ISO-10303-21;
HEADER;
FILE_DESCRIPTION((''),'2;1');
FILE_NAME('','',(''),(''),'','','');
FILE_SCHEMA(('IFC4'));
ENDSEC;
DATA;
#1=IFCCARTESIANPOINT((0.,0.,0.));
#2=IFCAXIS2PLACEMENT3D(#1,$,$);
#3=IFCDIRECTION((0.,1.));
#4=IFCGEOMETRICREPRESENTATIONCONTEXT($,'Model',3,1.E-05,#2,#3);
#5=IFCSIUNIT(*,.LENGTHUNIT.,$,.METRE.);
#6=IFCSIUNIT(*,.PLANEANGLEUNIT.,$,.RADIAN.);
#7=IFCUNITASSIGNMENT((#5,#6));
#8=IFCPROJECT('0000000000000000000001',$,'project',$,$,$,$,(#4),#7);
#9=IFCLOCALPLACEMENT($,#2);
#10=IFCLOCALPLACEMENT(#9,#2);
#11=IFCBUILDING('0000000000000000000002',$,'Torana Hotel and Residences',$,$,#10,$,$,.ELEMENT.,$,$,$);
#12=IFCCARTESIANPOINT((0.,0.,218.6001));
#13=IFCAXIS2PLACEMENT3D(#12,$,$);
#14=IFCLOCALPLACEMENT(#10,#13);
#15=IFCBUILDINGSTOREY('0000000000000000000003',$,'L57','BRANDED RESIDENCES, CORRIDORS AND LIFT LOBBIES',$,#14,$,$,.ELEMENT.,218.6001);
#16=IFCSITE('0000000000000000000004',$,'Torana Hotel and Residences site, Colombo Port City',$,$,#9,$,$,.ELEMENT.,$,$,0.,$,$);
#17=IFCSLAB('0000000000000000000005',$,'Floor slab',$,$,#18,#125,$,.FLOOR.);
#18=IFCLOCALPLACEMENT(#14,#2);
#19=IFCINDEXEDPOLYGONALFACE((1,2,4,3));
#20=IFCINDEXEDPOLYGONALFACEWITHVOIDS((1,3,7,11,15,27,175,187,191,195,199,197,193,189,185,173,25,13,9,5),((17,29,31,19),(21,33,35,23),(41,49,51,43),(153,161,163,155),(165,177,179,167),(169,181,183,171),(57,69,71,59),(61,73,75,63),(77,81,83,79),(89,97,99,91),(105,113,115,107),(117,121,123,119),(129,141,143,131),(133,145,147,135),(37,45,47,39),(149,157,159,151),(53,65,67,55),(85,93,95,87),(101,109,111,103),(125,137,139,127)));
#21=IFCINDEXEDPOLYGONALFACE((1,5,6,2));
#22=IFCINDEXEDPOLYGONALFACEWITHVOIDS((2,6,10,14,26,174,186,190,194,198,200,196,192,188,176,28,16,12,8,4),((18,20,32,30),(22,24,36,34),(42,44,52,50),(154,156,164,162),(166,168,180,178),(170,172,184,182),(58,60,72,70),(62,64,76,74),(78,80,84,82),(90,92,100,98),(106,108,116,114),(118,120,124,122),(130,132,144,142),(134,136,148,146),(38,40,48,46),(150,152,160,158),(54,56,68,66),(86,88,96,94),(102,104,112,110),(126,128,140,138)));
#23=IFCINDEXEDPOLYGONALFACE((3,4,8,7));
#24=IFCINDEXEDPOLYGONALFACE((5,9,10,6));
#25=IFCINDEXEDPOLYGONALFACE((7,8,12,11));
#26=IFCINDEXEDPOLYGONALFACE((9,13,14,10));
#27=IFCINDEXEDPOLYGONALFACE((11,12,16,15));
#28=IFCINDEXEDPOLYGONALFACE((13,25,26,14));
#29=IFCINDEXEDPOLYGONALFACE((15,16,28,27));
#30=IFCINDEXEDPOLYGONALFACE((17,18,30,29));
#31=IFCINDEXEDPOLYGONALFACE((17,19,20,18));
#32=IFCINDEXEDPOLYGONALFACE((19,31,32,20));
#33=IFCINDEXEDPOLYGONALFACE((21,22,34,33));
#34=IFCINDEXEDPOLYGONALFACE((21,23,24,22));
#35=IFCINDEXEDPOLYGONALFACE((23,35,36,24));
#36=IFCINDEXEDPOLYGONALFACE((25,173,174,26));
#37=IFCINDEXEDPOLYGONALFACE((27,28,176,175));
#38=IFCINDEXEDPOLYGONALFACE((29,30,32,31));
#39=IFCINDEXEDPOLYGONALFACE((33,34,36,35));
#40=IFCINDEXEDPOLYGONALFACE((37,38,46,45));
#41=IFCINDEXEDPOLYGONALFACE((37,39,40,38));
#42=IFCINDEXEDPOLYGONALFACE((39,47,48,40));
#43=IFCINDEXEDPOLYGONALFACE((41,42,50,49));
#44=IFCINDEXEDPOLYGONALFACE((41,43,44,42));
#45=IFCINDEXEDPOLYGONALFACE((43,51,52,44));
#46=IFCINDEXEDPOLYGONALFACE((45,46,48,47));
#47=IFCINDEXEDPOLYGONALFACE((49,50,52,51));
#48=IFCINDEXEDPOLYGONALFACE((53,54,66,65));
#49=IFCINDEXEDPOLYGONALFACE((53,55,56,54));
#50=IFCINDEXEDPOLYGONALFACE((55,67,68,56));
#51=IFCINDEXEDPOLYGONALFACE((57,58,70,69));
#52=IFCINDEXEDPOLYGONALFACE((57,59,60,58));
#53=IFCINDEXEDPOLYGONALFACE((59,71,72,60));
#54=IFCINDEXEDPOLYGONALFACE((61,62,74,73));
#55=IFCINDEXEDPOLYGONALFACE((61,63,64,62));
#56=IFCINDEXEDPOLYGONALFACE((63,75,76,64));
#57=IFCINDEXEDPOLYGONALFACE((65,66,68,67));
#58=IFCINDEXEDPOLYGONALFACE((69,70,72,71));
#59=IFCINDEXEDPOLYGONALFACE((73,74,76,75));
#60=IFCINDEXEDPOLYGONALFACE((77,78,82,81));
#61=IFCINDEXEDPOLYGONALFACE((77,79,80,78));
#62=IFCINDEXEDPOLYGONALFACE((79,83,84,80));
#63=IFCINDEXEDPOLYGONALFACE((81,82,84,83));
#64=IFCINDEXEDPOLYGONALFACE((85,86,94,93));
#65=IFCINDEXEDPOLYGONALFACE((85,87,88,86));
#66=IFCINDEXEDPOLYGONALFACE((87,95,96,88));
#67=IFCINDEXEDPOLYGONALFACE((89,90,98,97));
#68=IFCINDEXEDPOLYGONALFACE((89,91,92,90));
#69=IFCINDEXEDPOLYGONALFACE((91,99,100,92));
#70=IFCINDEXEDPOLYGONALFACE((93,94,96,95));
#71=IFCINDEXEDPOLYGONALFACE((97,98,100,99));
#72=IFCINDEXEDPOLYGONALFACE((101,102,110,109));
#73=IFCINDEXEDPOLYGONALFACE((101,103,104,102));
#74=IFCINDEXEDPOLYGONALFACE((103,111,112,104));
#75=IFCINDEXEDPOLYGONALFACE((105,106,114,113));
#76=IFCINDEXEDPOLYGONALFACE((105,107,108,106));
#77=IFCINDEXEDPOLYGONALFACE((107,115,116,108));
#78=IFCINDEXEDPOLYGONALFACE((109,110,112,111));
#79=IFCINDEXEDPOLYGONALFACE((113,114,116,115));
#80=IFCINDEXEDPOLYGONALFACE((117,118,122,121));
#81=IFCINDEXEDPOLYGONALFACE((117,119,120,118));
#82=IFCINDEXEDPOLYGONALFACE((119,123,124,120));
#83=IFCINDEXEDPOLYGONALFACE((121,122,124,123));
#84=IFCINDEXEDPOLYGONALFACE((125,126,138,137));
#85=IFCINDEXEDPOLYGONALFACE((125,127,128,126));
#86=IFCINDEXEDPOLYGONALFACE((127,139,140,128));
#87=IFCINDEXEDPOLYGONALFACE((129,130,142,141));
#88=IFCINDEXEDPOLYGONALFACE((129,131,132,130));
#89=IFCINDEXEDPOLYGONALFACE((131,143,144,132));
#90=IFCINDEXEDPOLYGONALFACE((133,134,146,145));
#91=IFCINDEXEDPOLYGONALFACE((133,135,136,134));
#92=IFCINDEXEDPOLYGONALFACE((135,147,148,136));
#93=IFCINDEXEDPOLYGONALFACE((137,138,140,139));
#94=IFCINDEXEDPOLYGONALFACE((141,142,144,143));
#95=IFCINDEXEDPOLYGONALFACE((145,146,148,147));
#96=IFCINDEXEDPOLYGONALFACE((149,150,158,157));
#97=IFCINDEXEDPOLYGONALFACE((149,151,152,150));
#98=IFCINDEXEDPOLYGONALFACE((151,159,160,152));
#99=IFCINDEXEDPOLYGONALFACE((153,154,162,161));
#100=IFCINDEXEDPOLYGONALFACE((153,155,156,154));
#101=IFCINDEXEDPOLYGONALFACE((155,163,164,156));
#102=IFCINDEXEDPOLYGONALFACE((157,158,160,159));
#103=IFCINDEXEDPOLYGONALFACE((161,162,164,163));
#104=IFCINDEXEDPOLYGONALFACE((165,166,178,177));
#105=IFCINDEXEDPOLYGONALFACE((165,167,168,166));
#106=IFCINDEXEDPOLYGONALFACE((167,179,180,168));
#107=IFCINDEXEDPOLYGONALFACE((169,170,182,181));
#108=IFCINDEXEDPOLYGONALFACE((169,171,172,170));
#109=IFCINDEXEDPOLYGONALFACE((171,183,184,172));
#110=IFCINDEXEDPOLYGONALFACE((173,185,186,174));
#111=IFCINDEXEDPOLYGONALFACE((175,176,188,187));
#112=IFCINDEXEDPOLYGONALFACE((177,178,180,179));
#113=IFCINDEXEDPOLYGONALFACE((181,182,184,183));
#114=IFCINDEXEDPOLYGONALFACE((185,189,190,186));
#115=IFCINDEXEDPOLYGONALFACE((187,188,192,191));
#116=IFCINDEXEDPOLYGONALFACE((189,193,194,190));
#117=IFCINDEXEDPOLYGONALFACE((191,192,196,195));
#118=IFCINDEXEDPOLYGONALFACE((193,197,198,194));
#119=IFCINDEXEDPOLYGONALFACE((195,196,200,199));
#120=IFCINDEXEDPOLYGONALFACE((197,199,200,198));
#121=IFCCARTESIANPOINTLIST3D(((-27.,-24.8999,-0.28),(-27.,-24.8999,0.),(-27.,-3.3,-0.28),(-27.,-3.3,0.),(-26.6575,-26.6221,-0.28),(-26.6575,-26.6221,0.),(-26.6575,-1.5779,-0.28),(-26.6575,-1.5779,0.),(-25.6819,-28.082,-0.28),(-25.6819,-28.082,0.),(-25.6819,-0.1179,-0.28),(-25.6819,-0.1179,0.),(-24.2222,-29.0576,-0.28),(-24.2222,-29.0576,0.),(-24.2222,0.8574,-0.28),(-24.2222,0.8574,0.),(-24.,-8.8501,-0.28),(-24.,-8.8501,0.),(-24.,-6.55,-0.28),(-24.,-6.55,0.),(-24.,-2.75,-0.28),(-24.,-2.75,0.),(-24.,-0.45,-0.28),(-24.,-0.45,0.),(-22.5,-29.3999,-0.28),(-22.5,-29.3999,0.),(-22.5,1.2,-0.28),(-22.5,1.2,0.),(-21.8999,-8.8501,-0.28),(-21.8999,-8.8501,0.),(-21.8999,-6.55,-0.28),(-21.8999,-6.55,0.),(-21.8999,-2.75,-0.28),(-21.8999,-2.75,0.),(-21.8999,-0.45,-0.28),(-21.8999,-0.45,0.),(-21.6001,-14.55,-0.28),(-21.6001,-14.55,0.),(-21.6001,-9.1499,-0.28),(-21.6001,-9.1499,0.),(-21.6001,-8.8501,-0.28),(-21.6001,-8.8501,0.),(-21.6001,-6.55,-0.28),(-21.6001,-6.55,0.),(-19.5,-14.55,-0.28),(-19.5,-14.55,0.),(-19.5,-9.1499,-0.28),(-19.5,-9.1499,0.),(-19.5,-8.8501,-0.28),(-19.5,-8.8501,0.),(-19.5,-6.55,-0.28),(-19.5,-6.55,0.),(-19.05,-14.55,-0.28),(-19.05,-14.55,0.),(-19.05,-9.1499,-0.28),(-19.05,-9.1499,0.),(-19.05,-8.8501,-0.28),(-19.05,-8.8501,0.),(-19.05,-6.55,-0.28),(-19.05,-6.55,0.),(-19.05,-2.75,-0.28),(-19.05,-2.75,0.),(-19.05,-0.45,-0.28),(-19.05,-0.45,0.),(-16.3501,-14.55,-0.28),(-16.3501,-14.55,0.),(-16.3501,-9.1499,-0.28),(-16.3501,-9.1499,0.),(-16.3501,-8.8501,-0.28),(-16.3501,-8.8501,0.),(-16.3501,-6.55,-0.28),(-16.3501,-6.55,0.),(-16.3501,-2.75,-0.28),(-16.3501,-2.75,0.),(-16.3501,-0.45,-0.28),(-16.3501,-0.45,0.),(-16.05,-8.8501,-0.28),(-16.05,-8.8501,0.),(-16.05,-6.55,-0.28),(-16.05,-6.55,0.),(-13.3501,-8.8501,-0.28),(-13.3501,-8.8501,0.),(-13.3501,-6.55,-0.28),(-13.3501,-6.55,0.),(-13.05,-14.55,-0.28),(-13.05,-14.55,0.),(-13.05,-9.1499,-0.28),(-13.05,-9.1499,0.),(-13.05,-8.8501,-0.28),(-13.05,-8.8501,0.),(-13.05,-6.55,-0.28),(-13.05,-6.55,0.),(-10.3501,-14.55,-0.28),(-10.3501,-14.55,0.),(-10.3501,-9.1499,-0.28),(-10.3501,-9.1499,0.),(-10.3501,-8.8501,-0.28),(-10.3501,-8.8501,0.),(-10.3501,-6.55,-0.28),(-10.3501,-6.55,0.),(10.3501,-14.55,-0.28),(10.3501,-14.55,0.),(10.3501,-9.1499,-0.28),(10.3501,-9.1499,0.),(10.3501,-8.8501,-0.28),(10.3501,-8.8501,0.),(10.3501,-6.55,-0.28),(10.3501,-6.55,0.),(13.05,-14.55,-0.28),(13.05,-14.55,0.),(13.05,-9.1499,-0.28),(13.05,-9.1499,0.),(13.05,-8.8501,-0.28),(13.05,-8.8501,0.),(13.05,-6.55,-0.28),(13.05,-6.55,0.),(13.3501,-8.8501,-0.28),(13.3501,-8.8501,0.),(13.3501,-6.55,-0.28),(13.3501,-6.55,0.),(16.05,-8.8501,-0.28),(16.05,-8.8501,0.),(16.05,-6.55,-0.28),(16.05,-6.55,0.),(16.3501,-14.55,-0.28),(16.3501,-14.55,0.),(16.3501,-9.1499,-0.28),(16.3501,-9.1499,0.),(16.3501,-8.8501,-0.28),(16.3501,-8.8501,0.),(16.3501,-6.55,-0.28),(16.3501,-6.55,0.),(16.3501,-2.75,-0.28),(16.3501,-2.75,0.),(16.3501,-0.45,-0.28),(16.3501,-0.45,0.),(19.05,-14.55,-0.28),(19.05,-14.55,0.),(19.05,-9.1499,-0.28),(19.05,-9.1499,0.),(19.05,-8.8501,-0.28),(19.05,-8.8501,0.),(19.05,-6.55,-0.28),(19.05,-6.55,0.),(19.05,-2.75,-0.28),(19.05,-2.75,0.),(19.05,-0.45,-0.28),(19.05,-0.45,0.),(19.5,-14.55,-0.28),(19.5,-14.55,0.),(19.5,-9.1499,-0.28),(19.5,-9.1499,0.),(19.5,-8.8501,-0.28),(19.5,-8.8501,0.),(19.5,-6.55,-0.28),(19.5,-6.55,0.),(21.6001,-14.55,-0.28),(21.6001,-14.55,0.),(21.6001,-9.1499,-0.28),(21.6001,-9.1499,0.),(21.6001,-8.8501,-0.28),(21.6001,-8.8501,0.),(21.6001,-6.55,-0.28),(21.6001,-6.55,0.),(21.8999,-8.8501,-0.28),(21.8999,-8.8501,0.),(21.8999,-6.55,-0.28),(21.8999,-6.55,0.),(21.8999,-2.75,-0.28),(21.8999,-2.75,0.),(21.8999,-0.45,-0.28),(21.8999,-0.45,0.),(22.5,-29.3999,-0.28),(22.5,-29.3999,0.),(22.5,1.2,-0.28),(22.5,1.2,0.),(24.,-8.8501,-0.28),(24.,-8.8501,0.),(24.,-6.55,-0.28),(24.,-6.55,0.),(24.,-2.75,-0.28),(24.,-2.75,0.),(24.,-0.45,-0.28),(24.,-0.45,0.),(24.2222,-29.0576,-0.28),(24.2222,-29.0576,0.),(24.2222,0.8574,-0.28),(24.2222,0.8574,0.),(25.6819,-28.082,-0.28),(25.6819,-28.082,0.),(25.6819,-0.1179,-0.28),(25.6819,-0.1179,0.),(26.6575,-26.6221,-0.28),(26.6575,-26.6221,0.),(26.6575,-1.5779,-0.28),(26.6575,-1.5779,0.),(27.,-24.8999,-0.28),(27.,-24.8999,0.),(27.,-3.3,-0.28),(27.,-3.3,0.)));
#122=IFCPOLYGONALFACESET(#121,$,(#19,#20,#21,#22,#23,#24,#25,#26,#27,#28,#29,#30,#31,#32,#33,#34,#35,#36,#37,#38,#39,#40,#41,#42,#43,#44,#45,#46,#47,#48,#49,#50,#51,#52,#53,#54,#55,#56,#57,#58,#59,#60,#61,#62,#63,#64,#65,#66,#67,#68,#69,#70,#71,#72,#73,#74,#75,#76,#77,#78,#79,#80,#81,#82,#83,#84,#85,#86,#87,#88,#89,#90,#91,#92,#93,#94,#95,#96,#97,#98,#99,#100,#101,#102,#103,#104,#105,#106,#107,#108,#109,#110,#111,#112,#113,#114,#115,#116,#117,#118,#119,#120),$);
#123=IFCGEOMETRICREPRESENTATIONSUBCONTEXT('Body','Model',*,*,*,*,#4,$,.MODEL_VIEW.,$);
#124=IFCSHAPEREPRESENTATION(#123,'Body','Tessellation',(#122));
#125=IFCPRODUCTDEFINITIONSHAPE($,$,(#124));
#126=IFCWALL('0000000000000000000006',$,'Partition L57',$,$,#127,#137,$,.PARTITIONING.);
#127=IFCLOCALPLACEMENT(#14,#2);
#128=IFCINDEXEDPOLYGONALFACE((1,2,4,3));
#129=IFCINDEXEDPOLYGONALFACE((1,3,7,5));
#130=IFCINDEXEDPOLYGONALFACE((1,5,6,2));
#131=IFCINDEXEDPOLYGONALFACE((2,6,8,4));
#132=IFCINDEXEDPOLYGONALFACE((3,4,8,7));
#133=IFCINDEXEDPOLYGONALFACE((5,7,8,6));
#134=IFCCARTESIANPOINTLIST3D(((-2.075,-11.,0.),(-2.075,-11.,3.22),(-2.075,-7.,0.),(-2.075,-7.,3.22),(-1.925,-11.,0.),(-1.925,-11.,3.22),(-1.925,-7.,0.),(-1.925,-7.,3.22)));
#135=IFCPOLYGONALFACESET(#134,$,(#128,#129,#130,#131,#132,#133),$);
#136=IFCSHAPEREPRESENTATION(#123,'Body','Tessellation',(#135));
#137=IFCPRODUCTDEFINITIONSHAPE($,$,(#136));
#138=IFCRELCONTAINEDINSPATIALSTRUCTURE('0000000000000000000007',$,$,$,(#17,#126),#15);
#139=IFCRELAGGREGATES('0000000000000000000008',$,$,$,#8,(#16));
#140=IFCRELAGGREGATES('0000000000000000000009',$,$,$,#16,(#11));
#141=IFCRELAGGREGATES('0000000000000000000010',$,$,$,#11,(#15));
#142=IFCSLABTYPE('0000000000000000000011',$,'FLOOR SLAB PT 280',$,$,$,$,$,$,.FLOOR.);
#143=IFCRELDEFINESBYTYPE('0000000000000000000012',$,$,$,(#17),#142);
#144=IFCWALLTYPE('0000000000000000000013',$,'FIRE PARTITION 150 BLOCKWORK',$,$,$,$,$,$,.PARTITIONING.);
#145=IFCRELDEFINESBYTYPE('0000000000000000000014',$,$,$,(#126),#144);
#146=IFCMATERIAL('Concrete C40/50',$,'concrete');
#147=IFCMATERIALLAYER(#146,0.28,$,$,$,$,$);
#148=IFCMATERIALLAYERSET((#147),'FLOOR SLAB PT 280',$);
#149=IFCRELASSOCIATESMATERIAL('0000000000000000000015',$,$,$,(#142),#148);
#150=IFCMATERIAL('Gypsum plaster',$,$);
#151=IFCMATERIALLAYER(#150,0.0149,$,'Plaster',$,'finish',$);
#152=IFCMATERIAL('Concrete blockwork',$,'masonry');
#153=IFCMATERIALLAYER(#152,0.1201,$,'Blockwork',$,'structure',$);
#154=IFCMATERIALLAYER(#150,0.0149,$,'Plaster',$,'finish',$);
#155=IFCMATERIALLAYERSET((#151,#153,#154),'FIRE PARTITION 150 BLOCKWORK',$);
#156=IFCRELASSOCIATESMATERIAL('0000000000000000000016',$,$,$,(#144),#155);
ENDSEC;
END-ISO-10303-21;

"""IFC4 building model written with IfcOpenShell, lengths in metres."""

from ifc_helpers import new_model, si_unit, direction, frame, frame_2d, origin, place, context, subcontext, project, spatial, polyline, rectangle, outline, extrude, material, layer, layer_set, type_object, element, save


model = new_model("IFC4")

# Units and contexts
model_context = context("Model", 3, precision=1e-05, world=origin(), true_north=direction((0.0, 1.0)))
body_context = subcontext(model_context, "Body", "Model", "MODEL_VIEW")
ifc_project = project(units=[si_unit("LENGTHUNIT", "METRE"), si_unit("PLANEANGLEUNIT", "RADIAN")], contexts=[model_context])

# Site, building, storey
site_placement = place(None, origin())
site = spatial("IfcSite", under=ifc_project, at=site_placement, Name="Torana Hotel and Residences site, Colombo Port City", CompositionType="ELEMENT", RefElevation=0.0)
building_placement = place(site_placement, origin())
building = spatial("IfcBuilding", under=site, at=building_placement, Name="Torana Hotel and Residences", CompositionType="ELEMENT")
storey_placement = place(building_placement, frame((0.0, 0.0, 218.6001)))
storey = spatial("IfcBuildingStorey", under=building, at=storey_placement, Name="L57", Description="BRANDED RESIDENCES, CORRIDORS AND LIFT LOBBIES", CompositionType="ELEMENT", Elevation=218.6001)

# Slab
ifc_material_1 = material(Name="Concrete C40/50", Category="concrete")
ifc_layer_1 = layer(ifc_material_1, 0.28)
ifc_layer_set_1 = layer_set([ifc_layer_1], Name="FLOOR SLAB PT 280")
slab_type_1 = type_object("IfcSlabType", Name="FLOOR SLAB PT 280", PredefinedType="FLOOR", material=ifc_layer_set_1)
slab_1_placement = place(storey_placement, frame((0.0, 0.0, -0.28)))
element("IfcSlab", 1, at=slab_1_placement, inside=storey, type_object=slab_type_1, Name="Floor slab", PredefinedType="FLOOR", context=body_context, shape_type="SweptSolid", body=[
    extrude(outline(polyline([(27.0, -3.3), (26.6575, -1.5779), (25.6819, -0.1179), (24.2222, 0.8574), (22.5, 1.2), (-22.5, 1.2), (-24.2222, 0.8574), (-25.6819, -0.1179), (-26.6575, -1.5779), (-27.0, -3.3), (-27.0, -24.8999), (-26.6575, -26.6221), (-25.6819, -28.082), (-24.2222, -29.0576), (-22.5, -29.3999), (22.5, -29.3999), (24.2222, -29.0576), (25.6819, -28.082), (26.6575, -26.6221), (27.0, -24.8999), (27.0, -3.3)]), holes=[polyline([(-13.05, -14.55), (-10.3501, -14.55), (-10.3501, -9.1499), (-13.05, -9.1499), (-13.05, -14.55)]), polyline([(-19.05, -14.55), (-16.3501, -14.55), (-16.3501, -9.1499), (-19.05, -9.1499), (-19.05, -14.55)]), polyline([(-19.05, -2.75), (-16.3501, -2.75), (-16.3501, -0.45), (-19.05, -0.45), (-19.05, -2.75)]), polyline([(-21.6001, -8.8501), (-19.5, -8.8501), (-19.5, -6.55), (-21.6001, -6.55), (-21.6001, -8.8501)]), polyline([(-24.0, -2.75), (-21.8999, -2.75), (-21.8999, -0.45), (-24.0, -0.45), (-24.0, -2.75)]), polyline([(-24.0, -8.8501), (-21.8999, -8.8501), (-21.8999, -6.55), (-24.0, -6.55), (-24.0, -8.8501)]), polyline([(-13.05, -8.8501), (-10.3501, -8.8501), (-10.3501, -6.55), (-13.05, -6.55), (-13.05, -8.8501)]), polyline([(-16.05, -8.8501), (-13.3501, -8.8501), (-13.3501, -6.55), (-16.05, -6.55), (-16.05, -8.8501)]), polyline([(-19.05, -8.8501), (-16.3501, -8.8501), (-16.3501, -6.55), (-19.05, -6.55), (-19.05, -8.8501)]), polyline([(-21.6001, -14.55), (-19.5, -14.55), (-19.5, -9.1499), (-21.6001, -9.1499), (-21.6001, -14.55)]), polyline([(10.3501, -14.55), (13.05, -14.55), (13.05, -9.1499), (10.3501, -9.1499), (10.3501, -14.55)]), polyline([(16.3501, -14.55), (19.05, -14.55), (19.05, -9.1499), (16.3501, -9.1499), (16.3501, -14.55)]), polyline([(16.3501, -2.75), (19.05, -2.75), (19.05, -0.45), (16.3501, -0.45), (16.3501, -2.75)]), polyline([(19.5, -8.8501), (21.6001, -8.8501), (21.6001, -6.55), (19.5, -6.55), (19.5, -8.8501)]), polyline([(21.8999, -2.75), (24.0, -2.75), (24.0, -0.45), (21.8999, -0.45), (21.8999, -2.75)]), polyline([(21.8999, -8.8501), (24.0, -8.8501), (24.0, -6.55), (21.8999, -6.55), (21.8999, -8.8501)]), polyline([(10.3501, -8.8501), (13.05, -8.8501), (13.05, -6.55), (10.3501, -6.55), (10.3501, -8.8501)]), polyline([(13.3501, -8.8501), (16.05, -8.8501), (16.05, -6.55), (13.3501, -6.55), (13.3501, -8.8501)]), polyline([(16.3501, -8.8501), (19.05, -8.8501), (19.05, -6.55), (16.3501, -6.55), (16.3501, -8.8501)]), polyline([(19.5, -14.55), (21.6001, -14.55), (21.6001, -9.1499), (19.5, -9.1499), (19.5, -14.55)])]), origin(), (0.0, 0.0, 1.0), 0.28),
])

# Wall
ifc_material_2 = material(Name="Gypsum plaster")
ifc_layer_2 = layer(ifc_material_2, 0.0149, Name="Plaster", Category="finish")
ifc_material_3 = material(Name="Concrete blockwork", Category="masonry")
ifc_layer_3 = layer(ifc_material_3, 0.1201, Name="Blockwork", Category="structure")
ifc_layer_4 = layer(ifc_material_2, 0.0149, Name="Plaster", Category="finish")
ifc_layer_set_2 = layer_set([ifc_layer_2, ifc_layer_3, ifc_layer_4], Name="FIRE PARTITION 150 BLOCKWORK")
wall_type_1 = type_object("IfcWallType", Name="FIRE PARTITION 150 BLOCKWORK", PredefinedType="PARTITIONING", material=ifc_layer_set_2)
wall_1_placement = place(storey_placement, frame((-2.0, -11.0, 0.0), z_axis=(0.0, 0.0, 1.0), x_axis=(0.0, 1.0, 0.0)))
element("IfcWall", 2, at=wall_1_placement, inside=storey, type_object=wall_type_1, Name="Partition L57", PredefinedType="PARTITIONING", context=body_context, shape_type="SweptSolid", body=[
    extrude(rectangle(XDim=4.0, YDim=0.1499, at=frame_2d((2.0, 0.0))), origin(), (0.0, 0.0, 1.0), 3.22),
])

save(model, "model.ifc")
